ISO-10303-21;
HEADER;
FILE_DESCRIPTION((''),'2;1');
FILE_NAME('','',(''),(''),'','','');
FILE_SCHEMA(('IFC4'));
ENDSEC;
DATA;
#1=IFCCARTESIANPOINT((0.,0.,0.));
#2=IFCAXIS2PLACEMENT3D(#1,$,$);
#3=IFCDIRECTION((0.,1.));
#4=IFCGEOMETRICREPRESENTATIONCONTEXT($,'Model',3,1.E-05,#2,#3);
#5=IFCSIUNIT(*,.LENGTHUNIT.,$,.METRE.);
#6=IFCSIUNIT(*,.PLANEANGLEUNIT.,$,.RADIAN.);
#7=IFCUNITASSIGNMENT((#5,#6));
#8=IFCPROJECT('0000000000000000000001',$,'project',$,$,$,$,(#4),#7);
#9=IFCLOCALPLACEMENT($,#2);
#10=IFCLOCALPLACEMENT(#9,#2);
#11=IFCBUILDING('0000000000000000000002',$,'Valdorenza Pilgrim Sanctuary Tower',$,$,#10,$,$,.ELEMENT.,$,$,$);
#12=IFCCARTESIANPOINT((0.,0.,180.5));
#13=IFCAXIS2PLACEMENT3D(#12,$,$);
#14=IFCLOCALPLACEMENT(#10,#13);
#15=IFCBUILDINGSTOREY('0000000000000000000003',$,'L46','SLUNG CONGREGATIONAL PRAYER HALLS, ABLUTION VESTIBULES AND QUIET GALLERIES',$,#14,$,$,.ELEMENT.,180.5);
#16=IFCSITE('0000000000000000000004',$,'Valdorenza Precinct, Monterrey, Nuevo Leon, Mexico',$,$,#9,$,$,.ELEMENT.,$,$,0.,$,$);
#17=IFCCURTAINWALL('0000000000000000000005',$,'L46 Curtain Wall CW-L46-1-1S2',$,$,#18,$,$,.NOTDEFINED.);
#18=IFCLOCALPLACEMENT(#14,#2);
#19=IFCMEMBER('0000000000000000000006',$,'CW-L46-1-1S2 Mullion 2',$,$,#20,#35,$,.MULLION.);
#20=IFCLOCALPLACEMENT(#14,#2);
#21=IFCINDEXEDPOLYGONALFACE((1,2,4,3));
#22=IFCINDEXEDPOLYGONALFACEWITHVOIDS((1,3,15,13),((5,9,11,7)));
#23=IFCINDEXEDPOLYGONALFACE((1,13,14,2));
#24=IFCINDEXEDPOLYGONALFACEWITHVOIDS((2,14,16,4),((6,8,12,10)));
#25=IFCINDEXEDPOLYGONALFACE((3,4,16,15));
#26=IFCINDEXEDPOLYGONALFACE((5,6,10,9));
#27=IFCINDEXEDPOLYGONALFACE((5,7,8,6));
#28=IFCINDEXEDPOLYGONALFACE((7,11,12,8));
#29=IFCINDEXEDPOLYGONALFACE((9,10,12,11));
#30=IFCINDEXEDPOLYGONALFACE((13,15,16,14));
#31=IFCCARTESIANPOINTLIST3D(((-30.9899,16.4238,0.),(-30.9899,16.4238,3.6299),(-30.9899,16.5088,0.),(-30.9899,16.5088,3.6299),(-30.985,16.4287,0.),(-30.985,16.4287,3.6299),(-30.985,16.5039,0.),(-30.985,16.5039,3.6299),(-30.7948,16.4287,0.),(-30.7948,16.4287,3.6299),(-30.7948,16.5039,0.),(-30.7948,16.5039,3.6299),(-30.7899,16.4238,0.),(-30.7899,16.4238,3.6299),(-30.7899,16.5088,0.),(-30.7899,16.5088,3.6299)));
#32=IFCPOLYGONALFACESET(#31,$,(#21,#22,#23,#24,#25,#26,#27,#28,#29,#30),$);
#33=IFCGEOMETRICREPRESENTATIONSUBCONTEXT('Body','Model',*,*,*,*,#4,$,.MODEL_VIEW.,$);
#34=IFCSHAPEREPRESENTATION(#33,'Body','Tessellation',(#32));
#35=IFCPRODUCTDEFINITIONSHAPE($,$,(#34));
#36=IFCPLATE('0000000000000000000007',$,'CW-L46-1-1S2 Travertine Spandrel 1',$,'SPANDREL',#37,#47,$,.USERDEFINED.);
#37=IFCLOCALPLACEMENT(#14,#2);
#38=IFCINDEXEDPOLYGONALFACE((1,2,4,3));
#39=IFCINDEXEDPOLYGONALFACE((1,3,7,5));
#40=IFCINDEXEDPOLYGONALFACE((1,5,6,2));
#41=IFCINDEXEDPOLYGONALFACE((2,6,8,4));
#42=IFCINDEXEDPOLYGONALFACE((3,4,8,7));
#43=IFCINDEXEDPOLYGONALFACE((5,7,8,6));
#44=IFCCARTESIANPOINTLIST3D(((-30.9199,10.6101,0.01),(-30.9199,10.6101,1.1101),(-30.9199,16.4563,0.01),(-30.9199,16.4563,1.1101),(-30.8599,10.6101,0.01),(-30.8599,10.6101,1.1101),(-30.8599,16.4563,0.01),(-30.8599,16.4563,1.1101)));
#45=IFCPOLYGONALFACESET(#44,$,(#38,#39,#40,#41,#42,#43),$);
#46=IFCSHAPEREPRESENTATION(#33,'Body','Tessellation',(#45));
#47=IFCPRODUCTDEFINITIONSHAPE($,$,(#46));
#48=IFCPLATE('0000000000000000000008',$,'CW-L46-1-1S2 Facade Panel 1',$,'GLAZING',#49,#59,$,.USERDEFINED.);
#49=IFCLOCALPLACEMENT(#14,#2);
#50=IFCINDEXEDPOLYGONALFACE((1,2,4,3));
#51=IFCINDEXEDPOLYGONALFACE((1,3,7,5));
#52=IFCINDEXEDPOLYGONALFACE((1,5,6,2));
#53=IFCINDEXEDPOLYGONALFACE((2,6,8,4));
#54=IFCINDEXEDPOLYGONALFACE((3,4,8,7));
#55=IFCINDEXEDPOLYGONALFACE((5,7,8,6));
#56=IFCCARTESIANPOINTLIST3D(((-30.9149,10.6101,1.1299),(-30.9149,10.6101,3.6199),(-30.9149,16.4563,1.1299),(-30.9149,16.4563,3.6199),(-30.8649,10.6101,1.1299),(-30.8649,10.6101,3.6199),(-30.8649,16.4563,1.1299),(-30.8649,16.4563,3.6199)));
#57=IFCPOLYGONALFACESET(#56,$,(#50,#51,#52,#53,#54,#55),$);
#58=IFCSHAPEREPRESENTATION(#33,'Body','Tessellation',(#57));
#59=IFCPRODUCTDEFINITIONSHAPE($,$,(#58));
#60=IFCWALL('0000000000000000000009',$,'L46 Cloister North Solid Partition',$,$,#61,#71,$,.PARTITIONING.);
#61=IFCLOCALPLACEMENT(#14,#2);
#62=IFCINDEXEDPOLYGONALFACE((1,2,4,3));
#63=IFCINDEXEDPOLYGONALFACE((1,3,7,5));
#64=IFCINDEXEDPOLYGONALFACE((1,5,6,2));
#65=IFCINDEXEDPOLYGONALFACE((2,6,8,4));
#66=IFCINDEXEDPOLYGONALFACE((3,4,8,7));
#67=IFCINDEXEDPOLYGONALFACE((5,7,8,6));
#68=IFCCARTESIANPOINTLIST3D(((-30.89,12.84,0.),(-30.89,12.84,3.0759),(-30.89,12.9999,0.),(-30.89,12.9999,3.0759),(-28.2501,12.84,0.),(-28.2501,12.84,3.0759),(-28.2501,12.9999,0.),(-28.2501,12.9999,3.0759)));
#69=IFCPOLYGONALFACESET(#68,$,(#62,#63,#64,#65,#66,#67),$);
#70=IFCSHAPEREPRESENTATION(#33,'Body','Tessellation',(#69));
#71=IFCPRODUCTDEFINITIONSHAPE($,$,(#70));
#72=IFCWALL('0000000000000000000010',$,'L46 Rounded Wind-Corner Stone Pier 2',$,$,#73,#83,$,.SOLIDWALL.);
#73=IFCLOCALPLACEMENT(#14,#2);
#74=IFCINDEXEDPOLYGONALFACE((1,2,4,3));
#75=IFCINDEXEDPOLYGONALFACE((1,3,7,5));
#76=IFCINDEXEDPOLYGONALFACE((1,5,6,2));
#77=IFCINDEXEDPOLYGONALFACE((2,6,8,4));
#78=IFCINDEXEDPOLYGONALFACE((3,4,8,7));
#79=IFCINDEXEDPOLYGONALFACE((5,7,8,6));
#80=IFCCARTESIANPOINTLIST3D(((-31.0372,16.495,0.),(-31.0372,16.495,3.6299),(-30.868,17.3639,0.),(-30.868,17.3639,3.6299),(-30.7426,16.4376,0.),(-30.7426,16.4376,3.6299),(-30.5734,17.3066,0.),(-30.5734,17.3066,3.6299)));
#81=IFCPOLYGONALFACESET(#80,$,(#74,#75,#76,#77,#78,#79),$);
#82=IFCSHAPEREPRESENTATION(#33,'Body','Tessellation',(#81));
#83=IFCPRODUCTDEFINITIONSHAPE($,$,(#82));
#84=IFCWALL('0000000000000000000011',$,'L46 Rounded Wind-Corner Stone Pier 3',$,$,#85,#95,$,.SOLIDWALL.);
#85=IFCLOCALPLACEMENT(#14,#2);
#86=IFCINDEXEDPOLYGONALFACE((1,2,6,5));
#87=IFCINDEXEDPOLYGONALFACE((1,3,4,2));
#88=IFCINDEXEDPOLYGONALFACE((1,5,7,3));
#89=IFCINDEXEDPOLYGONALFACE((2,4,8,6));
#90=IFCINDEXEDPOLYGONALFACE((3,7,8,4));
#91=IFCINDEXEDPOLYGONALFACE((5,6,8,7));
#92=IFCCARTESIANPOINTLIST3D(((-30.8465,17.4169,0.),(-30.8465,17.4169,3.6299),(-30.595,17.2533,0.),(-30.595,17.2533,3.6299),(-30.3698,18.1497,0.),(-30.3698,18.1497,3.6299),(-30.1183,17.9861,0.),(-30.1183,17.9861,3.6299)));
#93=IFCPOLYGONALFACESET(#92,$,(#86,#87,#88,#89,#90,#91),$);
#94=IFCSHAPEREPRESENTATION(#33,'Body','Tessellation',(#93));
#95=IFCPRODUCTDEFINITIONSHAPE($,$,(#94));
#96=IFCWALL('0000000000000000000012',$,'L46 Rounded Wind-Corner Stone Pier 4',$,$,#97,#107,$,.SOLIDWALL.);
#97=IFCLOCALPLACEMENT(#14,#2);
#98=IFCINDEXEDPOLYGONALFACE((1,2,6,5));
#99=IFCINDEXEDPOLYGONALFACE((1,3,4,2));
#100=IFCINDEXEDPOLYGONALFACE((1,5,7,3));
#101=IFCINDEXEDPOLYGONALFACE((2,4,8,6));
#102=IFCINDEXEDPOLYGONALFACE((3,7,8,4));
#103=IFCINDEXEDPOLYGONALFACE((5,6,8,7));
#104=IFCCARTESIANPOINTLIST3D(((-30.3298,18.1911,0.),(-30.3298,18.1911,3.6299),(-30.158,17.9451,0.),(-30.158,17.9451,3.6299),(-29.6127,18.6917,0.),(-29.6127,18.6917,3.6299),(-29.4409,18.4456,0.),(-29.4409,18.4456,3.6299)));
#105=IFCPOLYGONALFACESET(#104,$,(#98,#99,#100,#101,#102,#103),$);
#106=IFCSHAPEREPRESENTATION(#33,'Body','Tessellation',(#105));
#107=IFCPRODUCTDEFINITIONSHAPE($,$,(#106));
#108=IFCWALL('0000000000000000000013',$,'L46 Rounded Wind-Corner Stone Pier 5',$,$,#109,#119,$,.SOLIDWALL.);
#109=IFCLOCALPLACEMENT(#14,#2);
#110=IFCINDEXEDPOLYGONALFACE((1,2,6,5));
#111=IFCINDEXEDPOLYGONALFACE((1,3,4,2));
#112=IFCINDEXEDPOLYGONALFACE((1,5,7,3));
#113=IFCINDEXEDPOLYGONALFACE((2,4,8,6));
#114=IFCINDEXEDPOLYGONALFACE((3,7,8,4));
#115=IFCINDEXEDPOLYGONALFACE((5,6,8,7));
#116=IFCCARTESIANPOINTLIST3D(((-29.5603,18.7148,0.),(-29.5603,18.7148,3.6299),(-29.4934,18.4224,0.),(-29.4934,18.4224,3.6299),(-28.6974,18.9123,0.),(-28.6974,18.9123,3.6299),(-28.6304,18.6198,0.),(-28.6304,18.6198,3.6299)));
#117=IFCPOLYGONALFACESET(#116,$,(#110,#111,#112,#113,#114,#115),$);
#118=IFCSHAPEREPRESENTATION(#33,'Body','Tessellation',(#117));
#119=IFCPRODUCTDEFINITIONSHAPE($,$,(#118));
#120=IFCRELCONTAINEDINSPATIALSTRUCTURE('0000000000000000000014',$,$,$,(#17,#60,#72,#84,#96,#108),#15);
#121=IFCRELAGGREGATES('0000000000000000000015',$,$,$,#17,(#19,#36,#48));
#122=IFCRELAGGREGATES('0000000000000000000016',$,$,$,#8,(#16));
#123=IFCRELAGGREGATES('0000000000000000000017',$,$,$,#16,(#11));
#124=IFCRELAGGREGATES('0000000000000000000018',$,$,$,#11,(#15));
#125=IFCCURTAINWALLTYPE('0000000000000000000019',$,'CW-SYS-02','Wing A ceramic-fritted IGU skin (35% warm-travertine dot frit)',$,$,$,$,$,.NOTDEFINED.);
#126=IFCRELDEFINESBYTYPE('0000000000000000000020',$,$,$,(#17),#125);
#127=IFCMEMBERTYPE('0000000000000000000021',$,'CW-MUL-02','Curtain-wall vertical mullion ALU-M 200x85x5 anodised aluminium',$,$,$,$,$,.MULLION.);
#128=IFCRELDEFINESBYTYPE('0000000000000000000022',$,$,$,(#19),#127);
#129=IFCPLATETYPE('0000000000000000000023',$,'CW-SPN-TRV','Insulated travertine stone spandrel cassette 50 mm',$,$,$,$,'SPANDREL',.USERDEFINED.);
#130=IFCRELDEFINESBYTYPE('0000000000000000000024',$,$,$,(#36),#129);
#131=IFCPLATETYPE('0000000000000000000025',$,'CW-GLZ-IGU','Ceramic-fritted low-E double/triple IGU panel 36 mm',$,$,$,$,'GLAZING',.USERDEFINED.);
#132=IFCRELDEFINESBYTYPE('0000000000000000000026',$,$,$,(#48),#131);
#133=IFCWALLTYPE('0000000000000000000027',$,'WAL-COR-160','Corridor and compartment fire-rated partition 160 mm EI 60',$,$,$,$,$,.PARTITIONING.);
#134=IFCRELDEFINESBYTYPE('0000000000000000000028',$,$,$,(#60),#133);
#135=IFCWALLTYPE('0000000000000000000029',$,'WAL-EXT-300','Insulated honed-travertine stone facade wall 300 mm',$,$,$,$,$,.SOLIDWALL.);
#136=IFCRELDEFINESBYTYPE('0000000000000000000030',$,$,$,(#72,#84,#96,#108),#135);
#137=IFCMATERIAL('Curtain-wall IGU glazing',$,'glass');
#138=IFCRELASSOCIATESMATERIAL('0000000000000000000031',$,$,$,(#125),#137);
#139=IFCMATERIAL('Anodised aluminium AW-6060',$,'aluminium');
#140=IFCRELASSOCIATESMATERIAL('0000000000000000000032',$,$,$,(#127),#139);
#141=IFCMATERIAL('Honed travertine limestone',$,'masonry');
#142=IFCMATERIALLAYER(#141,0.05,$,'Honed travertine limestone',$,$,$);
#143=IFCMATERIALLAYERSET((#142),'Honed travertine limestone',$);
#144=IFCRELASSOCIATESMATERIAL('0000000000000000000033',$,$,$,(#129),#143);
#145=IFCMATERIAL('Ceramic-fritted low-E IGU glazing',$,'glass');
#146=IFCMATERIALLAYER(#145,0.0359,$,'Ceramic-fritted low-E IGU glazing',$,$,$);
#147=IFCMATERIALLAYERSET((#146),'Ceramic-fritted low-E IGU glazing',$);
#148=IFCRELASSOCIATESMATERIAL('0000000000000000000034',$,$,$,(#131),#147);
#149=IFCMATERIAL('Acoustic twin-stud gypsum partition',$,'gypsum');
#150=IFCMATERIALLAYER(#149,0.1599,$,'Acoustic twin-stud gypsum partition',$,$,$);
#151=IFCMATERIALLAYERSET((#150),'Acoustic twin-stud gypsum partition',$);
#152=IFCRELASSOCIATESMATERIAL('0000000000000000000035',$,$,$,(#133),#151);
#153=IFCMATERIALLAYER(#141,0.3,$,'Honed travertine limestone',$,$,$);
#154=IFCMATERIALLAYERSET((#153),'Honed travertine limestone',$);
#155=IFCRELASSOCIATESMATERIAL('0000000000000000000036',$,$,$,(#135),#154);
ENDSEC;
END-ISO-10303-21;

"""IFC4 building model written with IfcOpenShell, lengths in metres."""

from ifc_helpers import new_model, si_unit, direction, frame, frame_2d, origin, origin_2d, place, context, subcontext, project, spatial, rectangle, hollow_rectangle, extrude, source, transform, mapped, material, layer, layer_set, material_profile, profile_set, type_object, element, aggregate, save


model = new_model("IFC4")

# Units and contexts
model_context = context("Model", 3, precision=1e-05, world=origin(), true_north=direction((0.0, 1.0)))
body_context = subcontext(model_context, "Body", "Model", "MODEL_VIEW")
ifc_project = project(units=[si_unit("LENGTHUNIT", "METRE"), si_unit("PLANEANGLEUNIT", "RADIAN")], contexts=[model_context])

# Site, building, storey
site_placement = place(None, origin())
site = spatial("IfcSite", under=ifc_project, at=site_placement, Name="Valdorenza Precinct, Monterrey, Nuevo Leon, Mexico", CompositionType="ELEMENT", RefElevation=0.0)
building_placement = place(site_placement, origin())
building = spatial("IfcBuilding", under=site, at=building_placement, Name="Valdorenza Pilgrim Sanctuary Tower", CompositionType="ELEMENT")
storey_placement = place(building_placement, frame((0.0, 0.0, 180.5)))
storey = spatial("IfcBuildingStorey", under=building, at=storey_placement, Name="L46", Description="SLUNG CONGREGATIONAL PRAYER HALLS, ABLUTION VESTIBULES AND QUIET GALLERIES", CompositionType="ELEMENT", Elevation=180.5)

# Curtain wall, member, plates
ifc_material_1 = material(Name="Curtain-wall IGU glazing", Category="glass")
curtain_wall_type = type_object("IfcCurtainWallType", Name="CW-SYS-02", Description="Wing A ceramic-fritted IGU skin (35% warm-travertine dot frit)", PredefinedType="NOTDEFINED", material=ifc_material_1)
curtain_wall_placement = place(storey_placement, origin())
curtain_wall = element("IfcCurtainWall", 1, at=curtain_wall_placement, inside=storey, type_object=curtain_wall_type, Name="L46 Curtain Wall CW-L46-1-1S2", PredefinedType="NOTDEFINED")
ifc_material_2 = material(Name="Anodised aluminium AW-6060", Category="aluminium")
ifc_material_profile_1 = material_profile(ifc_material_2, hollow_rectangle(XDim=0.085, YDim=0.2, WallThickness=0.0049, at=origin_2d()), Name="ALU-M 200x85x5")
ifc_profile_set_1 = profile_set([ifc_material_profile_1], Name="Anodised aluminium AW-6060")
member_type = type_object("IfcMemberType", Name="CW-MUL-02", Description="Curtain-wall vertical mullion ALU-M 200x85x5 anodised aluminium", PredefinedType="MULLION", material=ifc_profile_set_1)
shared_shape_1 = source(origin(), body_context, "Body", "SweptSolid", [
    extrude(hollow_rectangle(XDim=0.085, YDim=0.2, WallThickness=0.0049, at=origin_2d()), origin(), (0.0, 0.0, 1.0), 3.6299),
])
member_placement = place(storey_placement, frame((-30.8899, 16.4663, 0.0), z_axis=(0.0, 0.0, 1.0), x_axis=(0.0, 1.0, 0.0)))
member = element("IfcMember", 2, at=member_placement, type_object=member_type, Name="CW-L46-1-1S2 Mullion 2", PredefinedType="MULLION", context=body_context, shape_type="MappedRepresentation", body=[
    mapped(shared_shape_1, transform((0.0, 0.0, 0.0), x_axis=(1.0, 0.0, 0.0), y_axis=(0.0, 1.0, 0.0), z_axis=(0.0, 0.0, 1.0), scale=1.0)),
])
ifc_material_3 = material(Name="Honed travertine limestone", Category="masonry")
ifc_layer_1 = layer(ifc_material_3, 0.05, Name="Honed travertine limestone")
ifc_layer_set_1 = layer_set([ifc_layer_1], Name="Honed travertine limestone")
plate_type_1 = type_object("IfcPlateType", Name="CW-SPN-TRV", Description="Insulated travertine stone spandrel cassette 50 mm", ElementType="SPANDREL", PredefinedType="USERDEFINED", material=ifc_layer_set_1)
shared_shape_2 = source(origin(), body_context, "Body", "SweptSolid", [
    extrude(rectangle(XDim=5.8462, YDim=0.0601, at=origin_2d()), origin(), (0.0, 0.0, 1.0), 1.1001),
])
plate_1_placement = place(storey_placement, frame((-30.8899, 13.5332, 0.01), z_axis=(0.0, 0.0, 1.0), x_axis=(0.0, 1.0, 0.0)))
plate_1 = element("IfcPlate", 3, at=plate_1_placement, type_object=plate_type_1, Name="CW-L46-1-1S2 Travertine Spandrel 1", ObjectType="SPANDREL", PredefinedType="USERDEFINED", context=body_context, shape_type="MappedRepresentation", body=[
    mapped(shared_shape_2, transform((0.0, 0.0, 0.0), x_axis=(1.0, 0.0, 0.0), y_axis=(0.0, 1.0, 0.0), z_axis=(0.0, 0.0, 1.0), scale=1.0)),
])
ifc_material_4 = material(Name="Ceramic-fritted low-E IGU glazing", Category="glass")
ifc_layer_2 = layer(ifc_material_4, 0.0359, Name="Ceramic-fritted low-E IGU glazing")
ifc_layer_set_2 = layer_set([ifc_layer_2], Name="Ceramic-fritted low-E IGU glazing")
plate_type_2 = type_object("IfcPlateType", Name="CW-GLZ-IGU", Description="Ceramic-fritted low-E double/triple IGU panel 36 mm", ElementType="GLAZING", PredefinedType="USERDEFINED", material=ifc_layer_set_2)
shared_shape_3 = source(origin(), body_context, "Body", "SweptSolid", [
    extrude(rectangle(XDim=5.8462, YDim=0.05, at=origin_2d()), origin(), (0.0, 0.0, 1.0), 2.49),
])
plate_2_placement = place(storey_placement, frame((-30.8899, 13.5332, 1.1299), z_axis=(0.0, 0.0, 1.0), x_axis=(0.0, 1.0, 0.0)))
plate_2 = element("IfcPlate", 4, at=plate_2_placement, type_object=plate_type_2, Name="CW-L46-1-1S2 Facade Panel 1", ObjectType="GLAZING", PredefinedType="USERDEFINED", context=body_context, shape_type="MappedRepresentation", body=[
    mapped(shared_shape_3, transform((0.0, 0.0, 0.0), x_axis=(1.0, 0.0, 0.0), y_axis=(0.0, 1.0, 0.0), z_axis=(0.0, 0.0, 1.0), scale=1.0)),
])
aggregate(curtain_wall, [member, plate_1, plate_2])

# Walls
ifc_material_5 = material(Name="Acoustic twin-stud gypsum partition", Category="gypsum")
ifc_layer_3 = layer(ifc_material_5, 0.1599, Name="Acoustic twin-stud gypsum partition")
ifc_layer_set_3 = layer_set([ifc_layer_3], Name="Acoustic twin-stud gypsum partition")
wall_type_1 = type_object("IfcWallType", Name="WAL-COR-160", Description="Corridor and compartment fire-rated partition 160 mm EI 60", PredefinedType="PARTITIONING", material=ifc_layer_set_3)
wall_1_placement = place(storey_placement, frame((-30.8899, 12.9199, 0.0), z_axis=(0.0, 0.0, 1.0), x_axis=(1.0, 0.0, 0.0)))
element("IfcWall", 5, at=wall_1_placement, inside=storey, type_object=wall_type_1, Name="L46 Cloister North Solid Partition", PredefinedType="PARTITIONING", context=body_context, shape_type="SweptSolid", body=[
    extrude(rectangle(XDim=2.6399, YDim=0.1599, at=frame_2d((1.3198, 0.0))), origin(), (0.0, 0.0, 1.0), 3.0759),
])
ifc_layer_4 = layer(ifc_material_3, 0.3, Name="Honed travertine limestone")
ifc_layer_set_4 = layer_set([ifc_layer_4], Name="Honed travertine limestone")
wall_type_2 = type_object("IfcWallType", Name="WAL-EXT-300", Description="Insulated honed-travertine stone facade wall 300 mm", PredefinedType="SOLIDWALL", material=ifc_layer_set_4)
wall_2_placement = place(storey_placement, frame((-30.8899, 16.4663, 0.0), z_axis=(0.0, 0.0, 1.0), x_axis=(0.191128, 0.981565, 0.0)))
element("IfcWall", 6, at=wall_2_placement, inside=storey, type_object=wall_type_2, Name="L46 Rounded Wind-Corner Stone Pier 2", PredefinedType="SOLIDWALL", context=body_context, shape_type="SweptSolid", body=[
    extrude(rectangle(XDim=0.8853, YDim=0.3, at=frame_2d((0.4426, 0.0))), origin(), (0.0, 0.0, 1.0), 3.6299),
])
wall_3_placement = place(storey_placement, frame((-30.7207, 17.3352, 0.0), z_axis=(0.0, 0.0, 1.0), x_axis=(0.545322, 0.838227, 0.0)))
element("IfcWall", 7, at=wall_3_placement, inside=storey, type_object=wall_type_2, Name="L46 Rounded Wind-Corner Stone Pier 3", PredefinedType="SOLIDWALL", context=body_context, shape_type="SweptSolid", body=[
    extrude(rectangle(XDim=0.8743, YDim=0.3, at=frame_2d((0.437, 0.0))), origin(), (0.0, 0.0, 1.0), 3.6299),
])
wall_4_placement = place(storey_placement, frame((-30.2439, 18.0681, 0.0), z_axis=(0.0, 0.0, 1.0), x_axis=(0.820005, 0.572356, 0.0)))
element("IfcWall", 8, at=wall_4_placement, inside=storey, type_object=wall_type_2, Name="L46 Rounded Wind-Corner Stone Pier 4", PredefinedType="SOLIDWALL", context=body_context, shape_type="SweptSolid", body=[
    extrude(rectangle(XDim=0.8745, YDim=0.3, at=frame_2d((0.4373, 0.0))), origin(), (0.0, 0.0, 1.0), 3.6299),
])
wall_5_placement = place(storey_placement, frame((-29.5269, 18.5686, 0.0), z_axis=(0.0, 0.0, 1.0), x_axis=(0.974799, 0.223087, 0.0)))
element("IfcWall", 9, at=wall_5_placement, inside=storey, type_object=wall_type_2, Name="L46 Rounded Wind-Corner Stone Pier 5", PredefinedType="SOLIDWALL", context=body_context, shape_type="SweptSolid", body=[
    extrude(rectangle(XDim=0.8853, YDim=0.3, at=frame_2d((0.4426, 0.0))), origin(), (0.0, 0.0, 1.0), 3.6299),
])

save(model, "model.ifc")
